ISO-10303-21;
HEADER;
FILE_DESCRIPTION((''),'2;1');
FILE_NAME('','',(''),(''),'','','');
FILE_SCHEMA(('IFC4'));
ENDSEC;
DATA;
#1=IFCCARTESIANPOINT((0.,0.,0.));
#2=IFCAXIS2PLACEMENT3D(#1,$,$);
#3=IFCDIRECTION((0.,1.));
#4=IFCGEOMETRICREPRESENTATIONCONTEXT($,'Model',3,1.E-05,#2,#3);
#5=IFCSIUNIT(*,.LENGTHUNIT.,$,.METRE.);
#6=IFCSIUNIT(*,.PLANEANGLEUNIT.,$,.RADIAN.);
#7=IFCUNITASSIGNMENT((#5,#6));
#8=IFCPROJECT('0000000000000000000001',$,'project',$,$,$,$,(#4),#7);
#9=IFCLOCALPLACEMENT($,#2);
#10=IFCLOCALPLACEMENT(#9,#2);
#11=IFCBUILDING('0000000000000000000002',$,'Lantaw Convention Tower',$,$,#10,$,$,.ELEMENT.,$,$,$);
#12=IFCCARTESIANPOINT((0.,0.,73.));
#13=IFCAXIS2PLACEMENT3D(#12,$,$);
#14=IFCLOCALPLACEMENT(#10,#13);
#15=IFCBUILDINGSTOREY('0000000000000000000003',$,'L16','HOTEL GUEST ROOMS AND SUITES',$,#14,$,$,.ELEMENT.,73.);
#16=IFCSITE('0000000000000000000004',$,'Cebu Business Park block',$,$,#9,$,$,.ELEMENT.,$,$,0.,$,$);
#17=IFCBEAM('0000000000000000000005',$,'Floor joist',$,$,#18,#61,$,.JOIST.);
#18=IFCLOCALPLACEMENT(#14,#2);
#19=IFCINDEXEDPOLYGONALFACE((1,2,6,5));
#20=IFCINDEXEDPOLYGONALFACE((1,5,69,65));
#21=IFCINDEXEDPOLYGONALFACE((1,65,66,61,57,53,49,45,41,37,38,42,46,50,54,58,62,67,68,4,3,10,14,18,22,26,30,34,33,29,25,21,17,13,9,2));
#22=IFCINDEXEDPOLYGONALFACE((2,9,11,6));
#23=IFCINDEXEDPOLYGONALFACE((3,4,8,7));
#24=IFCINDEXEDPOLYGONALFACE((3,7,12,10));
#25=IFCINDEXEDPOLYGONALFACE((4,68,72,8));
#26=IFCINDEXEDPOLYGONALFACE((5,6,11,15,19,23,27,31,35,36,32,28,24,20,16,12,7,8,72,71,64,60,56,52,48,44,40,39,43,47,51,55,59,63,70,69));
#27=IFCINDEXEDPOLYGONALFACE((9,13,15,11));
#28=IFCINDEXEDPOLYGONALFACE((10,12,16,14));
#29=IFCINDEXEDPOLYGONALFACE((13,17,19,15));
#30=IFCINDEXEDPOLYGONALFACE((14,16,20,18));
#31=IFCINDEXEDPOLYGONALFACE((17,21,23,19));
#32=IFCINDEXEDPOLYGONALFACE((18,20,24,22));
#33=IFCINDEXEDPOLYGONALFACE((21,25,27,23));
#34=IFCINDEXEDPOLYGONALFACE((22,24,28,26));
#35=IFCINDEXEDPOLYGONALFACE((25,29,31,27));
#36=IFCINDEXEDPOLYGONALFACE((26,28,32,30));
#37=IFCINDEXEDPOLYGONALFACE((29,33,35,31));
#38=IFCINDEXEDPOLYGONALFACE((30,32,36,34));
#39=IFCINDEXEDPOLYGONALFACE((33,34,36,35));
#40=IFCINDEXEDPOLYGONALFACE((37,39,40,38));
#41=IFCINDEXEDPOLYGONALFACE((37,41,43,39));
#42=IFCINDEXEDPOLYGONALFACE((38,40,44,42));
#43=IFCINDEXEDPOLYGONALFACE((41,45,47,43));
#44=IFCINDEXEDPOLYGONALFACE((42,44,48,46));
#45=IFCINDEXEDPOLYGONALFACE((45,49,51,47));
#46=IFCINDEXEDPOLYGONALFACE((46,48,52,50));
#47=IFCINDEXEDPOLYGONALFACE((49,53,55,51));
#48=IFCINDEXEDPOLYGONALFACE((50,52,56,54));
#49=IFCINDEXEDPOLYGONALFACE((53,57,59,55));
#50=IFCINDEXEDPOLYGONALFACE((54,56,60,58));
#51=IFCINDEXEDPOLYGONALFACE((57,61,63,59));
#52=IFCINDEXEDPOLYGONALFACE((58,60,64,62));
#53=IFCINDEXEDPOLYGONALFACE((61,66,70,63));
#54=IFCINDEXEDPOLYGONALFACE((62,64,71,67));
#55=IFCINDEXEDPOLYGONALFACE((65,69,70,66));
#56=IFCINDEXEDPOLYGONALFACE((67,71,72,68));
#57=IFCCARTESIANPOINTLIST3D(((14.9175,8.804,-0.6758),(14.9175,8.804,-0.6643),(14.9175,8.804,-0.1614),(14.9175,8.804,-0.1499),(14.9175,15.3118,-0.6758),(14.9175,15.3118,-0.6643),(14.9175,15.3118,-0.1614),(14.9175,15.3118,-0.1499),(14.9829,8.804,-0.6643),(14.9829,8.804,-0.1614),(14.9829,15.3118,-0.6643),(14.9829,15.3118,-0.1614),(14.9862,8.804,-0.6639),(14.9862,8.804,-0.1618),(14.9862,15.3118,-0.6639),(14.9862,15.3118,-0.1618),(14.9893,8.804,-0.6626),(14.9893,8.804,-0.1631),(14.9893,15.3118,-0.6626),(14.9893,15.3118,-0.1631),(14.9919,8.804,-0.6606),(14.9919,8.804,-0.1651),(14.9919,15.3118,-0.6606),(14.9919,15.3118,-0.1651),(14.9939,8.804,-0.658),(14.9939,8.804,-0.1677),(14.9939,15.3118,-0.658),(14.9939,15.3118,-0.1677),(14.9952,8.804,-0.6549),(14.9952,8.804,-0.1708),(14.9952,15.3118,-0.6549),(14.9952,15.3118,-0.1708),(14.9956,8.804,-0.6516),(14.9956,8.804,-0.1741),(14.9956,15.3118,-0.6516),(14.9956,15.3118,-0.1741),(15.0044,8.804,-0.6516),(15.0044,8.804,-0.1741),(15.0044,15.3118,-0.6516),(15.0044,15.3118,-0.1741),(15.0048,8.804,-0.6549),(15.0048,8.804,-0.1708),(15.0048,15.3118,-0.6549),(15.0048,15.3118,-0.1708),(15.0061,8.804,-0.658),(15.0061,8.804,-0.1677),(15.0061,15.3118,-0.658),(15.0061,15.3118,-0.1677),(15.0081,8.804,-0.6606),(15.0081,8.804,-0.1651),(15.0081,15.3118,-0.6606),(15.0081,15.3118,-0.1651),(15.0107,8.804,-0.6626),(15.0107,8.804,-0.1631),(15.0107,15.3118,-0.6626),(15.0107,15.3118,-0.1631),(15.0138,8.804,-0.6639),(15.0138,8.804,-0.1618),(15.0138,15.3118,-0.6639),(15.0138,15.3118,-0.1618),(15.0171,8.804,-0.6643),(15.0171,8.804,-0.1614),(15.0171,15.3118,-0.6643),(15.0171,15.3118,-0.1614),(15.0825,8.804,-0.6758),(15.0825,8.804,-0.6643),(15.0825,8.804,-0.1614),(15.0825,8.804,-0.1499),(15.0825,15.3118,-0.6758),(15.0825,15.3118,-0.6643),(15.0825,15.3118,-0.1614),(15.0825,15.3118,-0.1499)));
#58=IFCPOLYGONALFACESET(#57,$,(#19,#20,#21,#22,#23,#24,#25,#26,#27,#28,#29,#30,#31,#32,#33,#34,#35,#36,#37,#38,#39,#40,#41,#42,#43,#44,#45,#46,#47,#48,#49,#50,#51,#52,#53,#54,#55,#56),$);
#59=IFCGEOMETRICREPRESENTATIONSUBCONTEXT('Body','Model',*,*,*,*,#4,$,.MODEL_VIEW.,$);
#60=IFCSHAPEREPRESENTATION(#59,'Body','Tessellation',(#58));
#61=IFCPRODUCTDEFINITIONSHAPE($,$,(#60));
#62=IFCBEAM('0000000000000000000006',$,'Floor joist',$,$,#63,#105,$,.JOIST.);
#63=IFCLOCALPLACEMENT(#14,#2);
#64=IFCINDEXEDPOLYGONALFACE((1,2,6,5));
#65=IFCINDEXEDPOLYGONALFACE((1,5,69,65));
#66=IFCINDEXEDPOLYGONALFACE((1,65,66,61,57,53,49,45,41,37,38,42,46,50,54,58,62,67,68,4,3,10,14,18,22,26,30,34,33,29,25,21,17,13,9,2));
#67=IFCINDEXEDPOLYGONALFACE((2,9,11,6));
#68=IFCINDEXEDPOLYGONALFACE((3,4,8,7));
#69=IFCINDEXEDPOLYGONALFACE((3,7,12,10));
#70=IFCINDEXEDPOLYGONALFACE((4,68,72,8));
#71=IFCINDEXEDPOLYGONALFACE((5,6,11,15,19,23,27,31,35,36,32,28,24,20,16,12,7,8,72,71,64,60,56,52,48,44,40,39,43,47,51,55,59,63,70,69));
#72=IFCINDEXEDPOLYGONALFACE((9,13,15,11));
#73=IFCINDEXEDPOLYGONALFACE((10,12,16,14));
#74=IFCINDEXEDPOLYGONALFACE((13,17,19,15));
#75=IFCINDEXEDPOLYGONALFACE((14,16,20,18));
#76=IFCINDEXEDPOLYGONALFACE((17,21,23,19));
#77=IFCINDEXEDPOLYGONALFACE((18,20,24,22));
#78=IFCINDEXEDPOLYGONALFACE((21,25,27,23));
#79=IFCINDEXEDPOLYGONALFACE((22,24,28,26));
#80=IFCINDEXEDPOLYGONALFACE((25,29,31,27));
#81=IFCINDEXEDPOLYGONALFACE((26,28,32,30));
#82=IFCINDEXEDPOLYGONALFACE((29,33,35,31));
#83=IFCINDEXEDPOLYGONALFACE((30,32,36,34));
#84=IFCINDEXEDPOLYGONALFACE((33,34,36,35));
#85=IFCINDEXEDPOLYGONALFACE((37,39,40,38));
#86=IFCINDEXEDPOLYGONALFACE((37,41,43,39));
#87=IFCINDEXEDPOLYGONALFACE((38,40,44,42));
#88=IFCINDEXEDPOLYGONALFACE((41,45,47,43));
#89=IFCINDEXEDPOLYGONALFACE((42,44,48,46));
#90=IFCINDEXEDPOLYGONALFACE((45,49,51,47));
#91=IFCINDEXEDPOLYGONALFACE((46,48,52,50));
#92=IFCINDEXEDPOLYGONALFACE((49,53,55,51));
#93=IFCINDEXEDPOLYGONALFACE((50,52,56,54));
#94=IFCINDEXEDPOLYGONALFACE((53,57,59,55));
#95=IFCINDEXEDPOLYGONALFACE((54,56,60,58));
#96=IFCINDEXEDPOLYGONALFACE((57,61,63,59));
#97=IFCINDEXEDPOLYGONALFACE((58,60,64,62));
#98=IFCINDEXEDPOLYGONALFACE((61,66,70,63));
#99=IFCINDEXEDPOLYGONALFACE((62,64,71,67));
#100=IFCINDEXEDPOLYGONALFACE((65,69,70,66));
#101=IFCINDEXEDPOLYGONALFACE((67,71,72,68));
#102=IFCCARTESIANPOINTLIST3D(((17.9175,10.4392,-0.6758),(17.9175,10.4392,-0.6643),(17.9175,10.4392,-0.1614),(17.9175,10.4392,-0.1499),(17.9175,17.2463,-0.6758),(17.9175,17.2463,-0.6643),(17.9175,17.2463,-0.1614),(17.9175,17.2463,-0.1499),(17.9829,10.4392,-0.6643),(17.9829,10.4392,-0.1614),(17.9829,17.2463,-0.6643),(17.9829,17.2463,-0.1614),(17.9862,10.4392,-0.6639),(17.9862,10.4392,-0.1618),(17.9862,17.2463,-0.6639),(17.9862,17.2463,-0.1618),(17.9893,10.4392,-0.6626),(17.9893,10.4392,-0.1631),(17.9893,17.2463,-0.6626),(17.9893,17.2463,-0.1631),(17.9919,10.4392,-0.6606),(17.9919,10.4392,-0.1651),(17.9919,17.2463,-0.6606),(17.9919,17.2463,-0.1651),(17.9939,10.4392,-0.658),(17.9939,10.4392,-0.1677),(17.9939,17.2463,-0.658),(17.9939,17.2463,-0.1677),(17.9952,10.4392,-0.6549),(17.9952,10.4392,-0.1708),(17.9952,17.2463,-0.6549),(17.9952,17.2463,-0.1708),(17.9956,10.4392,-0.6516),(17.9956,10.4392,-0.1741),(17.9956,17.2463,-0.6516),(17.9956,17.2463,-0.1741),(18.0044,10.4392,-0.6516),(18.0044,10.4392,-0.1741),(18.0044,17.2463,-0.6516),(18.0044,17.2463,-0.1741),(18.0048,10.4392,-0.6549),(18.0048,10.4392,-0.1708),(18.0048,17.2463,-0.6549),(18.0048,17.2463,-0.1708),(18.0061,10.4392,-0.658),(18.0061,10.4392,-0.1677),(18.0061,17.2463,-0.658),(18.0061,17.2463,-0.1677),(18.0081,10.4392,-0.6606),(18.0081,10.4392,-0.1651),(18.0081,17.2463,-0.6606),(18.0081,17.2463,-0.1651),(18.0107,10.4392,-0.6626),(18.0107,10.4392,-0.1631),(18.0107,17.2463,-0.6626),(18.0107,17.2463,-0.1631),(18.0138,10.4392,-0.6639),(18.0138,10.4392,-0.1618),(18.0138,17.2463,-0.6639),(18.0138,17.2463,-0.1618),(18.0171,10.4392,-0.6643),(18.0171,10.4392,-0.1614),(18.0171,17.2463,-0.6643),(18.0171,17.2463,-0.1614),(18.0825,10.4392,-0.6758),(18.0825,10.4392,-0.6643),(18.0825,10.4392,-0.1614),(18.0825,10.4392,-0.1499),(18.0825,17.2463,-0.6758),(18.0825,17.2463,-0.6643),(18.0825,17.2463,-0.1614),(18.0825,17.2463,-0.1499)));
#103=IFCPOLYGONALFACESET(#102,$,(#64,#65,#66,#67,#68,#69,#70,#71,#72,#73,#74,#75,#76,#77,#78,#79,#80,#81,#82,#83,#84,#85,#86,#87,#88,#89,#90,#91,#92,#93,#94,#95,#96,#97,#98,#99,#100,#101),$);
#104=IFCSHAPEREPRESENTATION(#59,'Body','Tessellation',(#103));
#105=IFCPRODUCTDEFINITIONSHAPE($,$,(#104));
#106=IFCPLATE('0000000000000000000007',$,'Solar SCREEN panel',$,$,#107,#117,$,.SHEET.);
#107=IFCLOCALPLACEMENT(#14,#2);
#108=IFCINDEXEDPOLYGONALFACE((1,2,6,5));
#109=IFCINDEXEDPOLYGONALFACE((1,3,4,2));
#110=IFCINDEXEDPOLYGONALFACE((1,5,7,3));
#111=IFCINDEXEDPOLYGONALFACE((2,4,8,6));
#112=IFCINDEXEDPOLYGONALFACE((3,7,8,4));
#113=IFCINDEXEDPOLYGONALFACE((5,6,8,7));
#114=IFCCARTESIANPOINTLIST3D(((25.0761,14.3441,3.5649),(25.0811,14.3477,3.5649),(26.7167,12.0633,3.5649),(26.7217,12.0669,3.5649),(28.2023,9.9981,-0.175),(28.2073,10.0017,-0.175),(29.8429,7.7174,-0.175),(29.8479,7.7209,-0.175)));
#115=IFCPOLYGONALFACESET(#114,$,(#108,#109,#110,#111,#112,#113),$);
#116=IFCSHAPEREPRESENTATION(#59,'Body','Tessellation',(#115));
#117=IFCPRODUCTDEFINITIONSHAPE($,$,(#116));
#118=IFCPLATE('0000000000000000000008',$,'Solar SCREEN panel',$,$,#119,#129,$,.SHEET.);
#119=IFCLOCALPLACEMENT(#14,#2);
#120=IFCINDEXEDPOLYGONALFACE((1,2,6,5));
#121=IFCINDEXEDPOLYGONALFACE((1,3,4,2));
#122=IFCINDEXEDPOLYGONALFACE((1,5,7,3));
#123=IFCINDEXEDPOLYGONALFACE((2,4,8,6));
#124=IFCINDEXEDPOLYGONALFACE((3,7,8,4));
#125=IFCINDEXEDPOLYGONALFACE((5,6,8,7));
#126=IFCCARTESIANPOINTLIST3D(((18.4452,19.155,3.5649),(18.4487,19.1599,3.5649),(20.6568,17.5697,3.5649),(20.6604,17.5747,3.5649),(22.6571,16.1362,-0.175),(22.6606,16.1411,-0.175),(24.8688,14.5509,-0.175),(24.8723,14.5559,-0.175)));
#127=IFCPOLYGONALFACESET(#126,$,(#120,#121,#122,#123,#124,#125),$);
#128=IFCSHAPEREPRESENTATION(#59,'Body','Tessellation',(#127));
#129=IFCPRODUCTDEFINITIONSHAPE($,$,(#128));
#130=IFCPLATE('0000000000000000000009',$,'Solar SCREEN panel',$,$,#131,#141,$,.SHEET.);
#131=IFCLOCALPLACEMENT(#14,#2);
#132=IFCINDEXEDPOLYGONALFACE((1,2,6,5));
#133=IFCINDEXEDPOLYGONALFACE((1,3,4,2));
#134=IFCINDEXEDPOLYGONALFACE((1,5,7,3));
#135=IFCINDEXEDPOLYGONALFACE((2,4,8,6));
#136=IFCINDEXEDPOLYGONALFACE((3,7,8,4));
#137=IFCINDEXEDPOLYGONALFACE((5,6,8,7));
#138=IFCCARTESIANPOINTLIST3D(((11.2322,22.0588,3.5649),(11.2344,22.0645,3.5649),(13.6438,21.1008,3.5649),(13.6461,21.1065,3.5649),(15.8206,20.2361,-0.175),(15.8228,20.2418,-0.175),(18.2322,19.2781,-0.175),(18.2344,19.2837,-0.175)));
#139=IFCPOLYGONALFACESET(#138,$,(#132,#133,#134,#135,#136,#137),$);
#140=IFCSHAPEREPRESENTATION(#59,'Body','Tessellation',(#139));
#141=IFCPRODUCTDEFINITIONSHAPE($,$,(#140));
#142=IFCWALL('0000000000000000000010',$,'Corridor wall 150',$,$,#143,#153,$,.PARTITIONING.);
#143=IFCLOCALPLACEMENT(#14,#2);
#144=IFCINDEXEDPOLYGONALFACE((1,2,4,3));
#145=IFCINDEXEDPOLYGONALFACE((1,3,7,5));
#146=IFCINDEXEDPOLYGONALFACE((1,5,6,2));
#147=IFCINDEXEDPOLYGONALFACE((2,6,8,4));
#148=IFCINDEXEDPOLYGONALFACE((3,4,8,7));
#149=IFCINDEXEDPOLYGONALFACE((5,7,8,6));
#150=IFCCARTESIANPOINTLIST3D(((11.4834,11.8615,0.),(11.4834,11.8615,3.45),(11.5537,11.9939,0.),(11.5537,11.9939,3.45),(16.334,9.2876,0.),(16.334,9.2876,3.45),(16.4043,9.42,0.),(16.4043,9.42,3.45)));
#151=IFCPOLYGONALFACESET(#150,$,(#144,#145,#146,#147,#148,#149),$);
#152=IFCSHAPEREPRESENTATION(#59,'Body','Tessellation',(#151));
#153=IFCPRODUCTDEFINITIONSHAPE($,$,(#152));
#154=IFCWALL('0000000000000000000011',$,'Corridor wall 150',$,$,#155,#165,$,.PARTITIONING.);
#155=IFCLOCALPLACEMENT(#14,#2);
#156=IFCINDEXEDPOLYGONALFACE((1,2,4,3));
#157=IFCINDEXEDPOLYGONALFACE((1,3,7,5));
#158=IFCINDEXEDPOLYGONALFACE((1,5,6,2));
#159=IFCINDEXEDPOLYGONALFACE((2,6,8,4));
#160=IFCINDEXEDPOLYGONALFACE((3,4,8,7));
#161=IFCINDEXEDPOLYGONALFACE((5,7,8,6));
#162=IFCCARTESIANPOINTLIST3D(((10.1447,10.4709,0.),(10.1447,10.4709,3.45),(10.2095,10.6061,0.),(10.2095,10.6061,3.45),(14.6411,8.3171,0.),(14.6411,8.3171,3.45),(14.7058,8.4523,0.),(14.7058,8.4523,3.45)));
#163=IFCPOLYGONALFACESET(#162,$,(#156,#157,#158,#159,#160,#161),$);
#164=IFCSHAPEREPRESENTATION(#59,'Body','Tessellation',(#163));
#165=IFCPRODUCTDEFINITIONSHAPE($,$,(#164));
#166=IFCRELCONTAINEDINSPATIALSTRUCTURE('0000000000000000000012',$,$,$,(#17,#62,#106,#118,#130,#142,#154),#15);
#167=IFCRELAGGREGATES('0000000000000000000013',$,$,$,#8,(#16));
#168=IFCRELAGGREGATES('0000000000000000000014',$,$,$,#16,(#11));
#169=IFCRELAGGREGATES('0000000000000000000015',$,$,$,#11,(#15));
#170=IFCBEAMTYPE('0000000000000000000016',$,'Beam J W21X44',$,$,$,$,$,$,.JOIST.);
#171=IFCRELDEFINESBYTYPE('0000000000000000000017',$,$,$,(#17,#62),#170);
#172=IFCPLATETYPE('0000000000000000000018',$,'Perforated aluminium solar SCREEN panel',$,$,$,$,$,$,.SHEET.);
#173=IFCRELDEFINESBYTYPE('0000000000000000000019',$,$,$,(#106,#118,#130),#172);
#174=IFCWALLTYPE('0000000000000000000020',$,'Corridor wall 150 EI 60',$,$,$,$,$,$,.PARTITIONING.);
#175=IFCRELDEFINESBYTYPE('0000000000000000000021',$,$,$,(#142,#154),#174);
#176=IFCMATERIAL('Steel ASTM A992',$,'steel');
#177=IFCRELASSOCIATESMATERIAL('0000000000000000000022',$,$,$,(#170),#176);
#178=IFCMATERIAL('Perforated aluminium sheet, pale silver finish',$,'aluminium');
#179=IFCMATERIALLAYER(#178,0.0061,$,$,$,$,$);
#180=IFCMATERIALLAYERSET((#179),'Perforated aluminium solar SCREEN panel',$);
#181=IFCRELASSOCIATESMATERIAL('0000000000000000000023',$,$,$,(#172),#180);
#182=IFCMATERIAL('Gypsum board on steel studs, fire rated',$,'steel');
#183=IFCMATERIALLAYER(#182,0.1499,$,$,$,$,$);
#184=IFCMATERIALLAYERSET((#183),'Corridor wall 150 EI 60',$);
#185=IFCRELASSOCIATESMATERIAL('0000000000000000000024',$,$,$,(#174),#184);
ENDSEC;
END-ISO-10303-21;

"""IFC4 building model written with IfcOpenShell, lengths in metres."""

from ifc_helpers import new_model, si_unit, direction, frame, frame_2d, origin, origin_2d, place, context, subcontext, project, spatial, polyline, rectangle, i_section, outline, extrude, material, layer, layer_set, material_profile, profile_set, type_object, element, save


model = new_model("IFC4")

# Units and contexts
model_context = context("Model", 3, precision=1e-05, world=origin(), true_north=direction((0.0, 1.0)))
body_context = subcontext(model_context, "Body", "Model", "MODEL_VIEW")
ifc_project = project(units=[si_unit("LENGTHUNIT", "METRE"), si_unit("PLANEANGLEUNIT", "RADIAN")], contexts=[model_context])

# Site, building, storey
site_placement = place(None, origin())
site = spatial("IfcSite", under=ifc_project, at=site_placement, Name="Cebu Business Park block", CompositionType="ELEMENT", RefElevation=0.0)
building_placement = place(site_placement, origin())
building = spatial("IfcBuilding", under=site, at=building_placement, Name="Lantaw Convention Tower", CompositionType="ELEMENT")
storey_placement = place(building_placement, frame((0.0, 0.0, 73.0)))
storey = spatial("IfcBuildingStorey", under=building, at=storey_placement, Name="L16", Description="HOTEL GUEST ROOMS AND SUITES", CompositionType="ELEMENT", Elevation=73.0)

# Beams
ifc_material_1 = material(Name="Steel ASTM A992", Category="steel")
ifc_material_profile_1 = material_profile(ifc_material_1, i_section(OverallWidth=0.165, OverallDepth=0.5259, WebThickness=0.0088, FlangeThickness=0.0115, FilletRadius=0.0127, at=origin_2d()), Name="W21X44")
ifc_profile_set_1 = profile_set([ifc_material_profile_1], Name="Steel ASTM A992")
beam_type_1 = type_object("IfcBeamType", Name="Beam J W21X44", PredefinedType="JOIST", material=ifc_profile_set_1)
beam_1_placement = place(storey_placement, frame((15.0, 8.804, -0.4128), z_axis=(0.0, 1.0, 0.0), x_axis=(-1.0, 0.0, 0.0)))
element("IfcBeam", 1, at=beam_1_placement, inside=storey, type_object=beam_type_1, Name="Floor joist", PredefinedType="JOIST", context=body_context, shape_type="SweptSolid", body=[
    extrude(i_section(OverallWidth=0.165, OverallDepth=0.5259, WebThickness=0.0088, FlangeThickness=0.0115, FilletRadius=0.0127, at=origin_2d()), origin(), (0.0, 0.0, 1.0), 6.5078),
])
beam_2_placement = place(storey_placement, frame((18.0, 10.4392, -0.4128), z_axis=(0.0, 1.0, 0.0), x_axis=(-1.0, 0.0, 0.0)))
element("IfcBeam", 2, at=beam_2_placement, inside=storey, type_object=beam_type_1, Name="Floor joist", PredefinedType="JOIST", context=body_context, shape_type="SweptSolid", body=[
    extrude(i_section(OverallWidth=0.165, OverallDepth=0.5259, WebThickness=0.0088, FlangeThickness=0.0115, FilletRadius=0.0127, at=origin_2d()), origin(), (0.0, 0.0, 1.0), 6.8071),
])

# Plates
ifc_material_2 = material(Name="Perforated aluminium sheet, pale silver finish", Category="aluminium")
ifc_layer_1 = layer(ifc_material_2, 0.0061)
ifc_layer_set_1 = layer_set([ifc_layer_1], Name="Perforated aluminium solar SCREEN panel")
plate_type = type_object("IfcPlateType", Name="Perforated aluminium solar SCREEN panel", PredefinedType="SHEET", material=ifc_layer_set_1)
plate_1_placement = place(storey_placement, frame((29.8479, 7.7209, -0.175), z_axis=(0.811791, 0.583948, 0.000009), x_axis=(-0.583948, 0.811791, 0.0)))
element("IfcPlate", 3, at=plate_1_placement, inside=storey, type_object=plate_type, Name="Solar SCREEN panel", PredefinedType="SHEET", context=body_context, shape_type="SweptSolid", body=[
    extrude(outline(polyline([(0.0, 0.0), (2.8095, 0.0), (8.1631, 3.74), (5.3536, 3.74), (0.0, 0.0)])), origin(), (0.0, 0.0, -1.0), 0.0061),
])
plate_2_placement = place(storey_placement, frame((24.8723, 14.5559, -0.175), z_axis=(0.582561, 0.812787, 0.000016), x_axis=(-0.812787, 0.582561, 0.0)))
element("IfcPlate", 4, at=plate_2_placement, inside=storey, type_object=plate_type, Name="Solar SCREEN panel", PredefinedType="SHEET", context=body_context, shape_type="SweptSolid", body=[
    extrude(outline(polyline([(0.0, 0.0), (2.7211, 0.0), (7.9031, 3.74), (5.182, 3.74), (0.0, 0.0)])), origin(), (0.0, 0.0, -1.0), 0.0061),
])
plate_3_placement = place(storey_placement, frame((18.2322, 19.2781, -0.175), z_axis=(-0.369184, -0.929357, 0.000009), x_axis=(-0.929357, 0.369184, 0.0)))
element("IfcPlate", 5, at=plate_3_placement, inside=storey, type_object=plate_type, Name="Solar SCREEN panel", PredefinedType="SHEET", context=body_context, shape_type="SweptSolid", body=[
    extrude(outline(polyline([(0.0, 0.0), (2.5949, 0.0), (7.5321, -3.74), (4.9372, -3.74), (0.0, 0.0)])), origin(), (0.0, 0.0, -1.0), 0.0061),
])

# Walls
ifc_material_3 = material(Name="Gypsum board on steel studs, fire rated", Category="steel")
ifc_layer_2 = layer(ifc_material_3, 0.1499)
ifc_layer_set_2 = layer_set([ifc_layer_2], Name="Corridor wall 150 EI 60")
wall_type_1 = type_object("IfcWallType", Name="Corridor wall 150 EI 60", PredefinedType="PARTITIONING", material=ifc_layer_set_2)
wall_1_placement = place(storey_placement, frame((16.3691, 9.3538, 0.0), z_axis=(0.0, 0.0, 1.0), x_axis=(-0.883334, 0.468743, 0.0)))
element("IfcWall", 6, at=wall_1_placement, inside=storey, type_object=wall_type_1, Name="Corridor wall 150", PredefinedType="PARTITIONING", context=body_context, shape_type="SweptSolid", body=[
    extrude(rectangle(XDim=5.4912, YDim=0.1499, at=frame_2d((2.7456, 0.0))), origin(), (0.0, 0.0, 1.0), 3.45),
])
wall_2_placement = place(storey_placement, frame((14.6733, 8.3848, 0.0), z_axis=(0.0, 0.0, 1.0), x_axis=(-0.90187, 0.432008, 0.0)))
element("IfcWall", 7, at=wall_2_placement, inside=storey, type_object=wall_type_1, Name="Corridor wall 150", PredefinedType="PARTITIONING", context=body_context, shape_type="SweptSolid", body=[
    extrude(rectangle(XDim=4.9856, YDim=0.1499, at=frame_2d((2.4927, 0.0))), origin(), (0.0, 0.0, 1.0), 3.45),
])

save(model, "model.ifc")
